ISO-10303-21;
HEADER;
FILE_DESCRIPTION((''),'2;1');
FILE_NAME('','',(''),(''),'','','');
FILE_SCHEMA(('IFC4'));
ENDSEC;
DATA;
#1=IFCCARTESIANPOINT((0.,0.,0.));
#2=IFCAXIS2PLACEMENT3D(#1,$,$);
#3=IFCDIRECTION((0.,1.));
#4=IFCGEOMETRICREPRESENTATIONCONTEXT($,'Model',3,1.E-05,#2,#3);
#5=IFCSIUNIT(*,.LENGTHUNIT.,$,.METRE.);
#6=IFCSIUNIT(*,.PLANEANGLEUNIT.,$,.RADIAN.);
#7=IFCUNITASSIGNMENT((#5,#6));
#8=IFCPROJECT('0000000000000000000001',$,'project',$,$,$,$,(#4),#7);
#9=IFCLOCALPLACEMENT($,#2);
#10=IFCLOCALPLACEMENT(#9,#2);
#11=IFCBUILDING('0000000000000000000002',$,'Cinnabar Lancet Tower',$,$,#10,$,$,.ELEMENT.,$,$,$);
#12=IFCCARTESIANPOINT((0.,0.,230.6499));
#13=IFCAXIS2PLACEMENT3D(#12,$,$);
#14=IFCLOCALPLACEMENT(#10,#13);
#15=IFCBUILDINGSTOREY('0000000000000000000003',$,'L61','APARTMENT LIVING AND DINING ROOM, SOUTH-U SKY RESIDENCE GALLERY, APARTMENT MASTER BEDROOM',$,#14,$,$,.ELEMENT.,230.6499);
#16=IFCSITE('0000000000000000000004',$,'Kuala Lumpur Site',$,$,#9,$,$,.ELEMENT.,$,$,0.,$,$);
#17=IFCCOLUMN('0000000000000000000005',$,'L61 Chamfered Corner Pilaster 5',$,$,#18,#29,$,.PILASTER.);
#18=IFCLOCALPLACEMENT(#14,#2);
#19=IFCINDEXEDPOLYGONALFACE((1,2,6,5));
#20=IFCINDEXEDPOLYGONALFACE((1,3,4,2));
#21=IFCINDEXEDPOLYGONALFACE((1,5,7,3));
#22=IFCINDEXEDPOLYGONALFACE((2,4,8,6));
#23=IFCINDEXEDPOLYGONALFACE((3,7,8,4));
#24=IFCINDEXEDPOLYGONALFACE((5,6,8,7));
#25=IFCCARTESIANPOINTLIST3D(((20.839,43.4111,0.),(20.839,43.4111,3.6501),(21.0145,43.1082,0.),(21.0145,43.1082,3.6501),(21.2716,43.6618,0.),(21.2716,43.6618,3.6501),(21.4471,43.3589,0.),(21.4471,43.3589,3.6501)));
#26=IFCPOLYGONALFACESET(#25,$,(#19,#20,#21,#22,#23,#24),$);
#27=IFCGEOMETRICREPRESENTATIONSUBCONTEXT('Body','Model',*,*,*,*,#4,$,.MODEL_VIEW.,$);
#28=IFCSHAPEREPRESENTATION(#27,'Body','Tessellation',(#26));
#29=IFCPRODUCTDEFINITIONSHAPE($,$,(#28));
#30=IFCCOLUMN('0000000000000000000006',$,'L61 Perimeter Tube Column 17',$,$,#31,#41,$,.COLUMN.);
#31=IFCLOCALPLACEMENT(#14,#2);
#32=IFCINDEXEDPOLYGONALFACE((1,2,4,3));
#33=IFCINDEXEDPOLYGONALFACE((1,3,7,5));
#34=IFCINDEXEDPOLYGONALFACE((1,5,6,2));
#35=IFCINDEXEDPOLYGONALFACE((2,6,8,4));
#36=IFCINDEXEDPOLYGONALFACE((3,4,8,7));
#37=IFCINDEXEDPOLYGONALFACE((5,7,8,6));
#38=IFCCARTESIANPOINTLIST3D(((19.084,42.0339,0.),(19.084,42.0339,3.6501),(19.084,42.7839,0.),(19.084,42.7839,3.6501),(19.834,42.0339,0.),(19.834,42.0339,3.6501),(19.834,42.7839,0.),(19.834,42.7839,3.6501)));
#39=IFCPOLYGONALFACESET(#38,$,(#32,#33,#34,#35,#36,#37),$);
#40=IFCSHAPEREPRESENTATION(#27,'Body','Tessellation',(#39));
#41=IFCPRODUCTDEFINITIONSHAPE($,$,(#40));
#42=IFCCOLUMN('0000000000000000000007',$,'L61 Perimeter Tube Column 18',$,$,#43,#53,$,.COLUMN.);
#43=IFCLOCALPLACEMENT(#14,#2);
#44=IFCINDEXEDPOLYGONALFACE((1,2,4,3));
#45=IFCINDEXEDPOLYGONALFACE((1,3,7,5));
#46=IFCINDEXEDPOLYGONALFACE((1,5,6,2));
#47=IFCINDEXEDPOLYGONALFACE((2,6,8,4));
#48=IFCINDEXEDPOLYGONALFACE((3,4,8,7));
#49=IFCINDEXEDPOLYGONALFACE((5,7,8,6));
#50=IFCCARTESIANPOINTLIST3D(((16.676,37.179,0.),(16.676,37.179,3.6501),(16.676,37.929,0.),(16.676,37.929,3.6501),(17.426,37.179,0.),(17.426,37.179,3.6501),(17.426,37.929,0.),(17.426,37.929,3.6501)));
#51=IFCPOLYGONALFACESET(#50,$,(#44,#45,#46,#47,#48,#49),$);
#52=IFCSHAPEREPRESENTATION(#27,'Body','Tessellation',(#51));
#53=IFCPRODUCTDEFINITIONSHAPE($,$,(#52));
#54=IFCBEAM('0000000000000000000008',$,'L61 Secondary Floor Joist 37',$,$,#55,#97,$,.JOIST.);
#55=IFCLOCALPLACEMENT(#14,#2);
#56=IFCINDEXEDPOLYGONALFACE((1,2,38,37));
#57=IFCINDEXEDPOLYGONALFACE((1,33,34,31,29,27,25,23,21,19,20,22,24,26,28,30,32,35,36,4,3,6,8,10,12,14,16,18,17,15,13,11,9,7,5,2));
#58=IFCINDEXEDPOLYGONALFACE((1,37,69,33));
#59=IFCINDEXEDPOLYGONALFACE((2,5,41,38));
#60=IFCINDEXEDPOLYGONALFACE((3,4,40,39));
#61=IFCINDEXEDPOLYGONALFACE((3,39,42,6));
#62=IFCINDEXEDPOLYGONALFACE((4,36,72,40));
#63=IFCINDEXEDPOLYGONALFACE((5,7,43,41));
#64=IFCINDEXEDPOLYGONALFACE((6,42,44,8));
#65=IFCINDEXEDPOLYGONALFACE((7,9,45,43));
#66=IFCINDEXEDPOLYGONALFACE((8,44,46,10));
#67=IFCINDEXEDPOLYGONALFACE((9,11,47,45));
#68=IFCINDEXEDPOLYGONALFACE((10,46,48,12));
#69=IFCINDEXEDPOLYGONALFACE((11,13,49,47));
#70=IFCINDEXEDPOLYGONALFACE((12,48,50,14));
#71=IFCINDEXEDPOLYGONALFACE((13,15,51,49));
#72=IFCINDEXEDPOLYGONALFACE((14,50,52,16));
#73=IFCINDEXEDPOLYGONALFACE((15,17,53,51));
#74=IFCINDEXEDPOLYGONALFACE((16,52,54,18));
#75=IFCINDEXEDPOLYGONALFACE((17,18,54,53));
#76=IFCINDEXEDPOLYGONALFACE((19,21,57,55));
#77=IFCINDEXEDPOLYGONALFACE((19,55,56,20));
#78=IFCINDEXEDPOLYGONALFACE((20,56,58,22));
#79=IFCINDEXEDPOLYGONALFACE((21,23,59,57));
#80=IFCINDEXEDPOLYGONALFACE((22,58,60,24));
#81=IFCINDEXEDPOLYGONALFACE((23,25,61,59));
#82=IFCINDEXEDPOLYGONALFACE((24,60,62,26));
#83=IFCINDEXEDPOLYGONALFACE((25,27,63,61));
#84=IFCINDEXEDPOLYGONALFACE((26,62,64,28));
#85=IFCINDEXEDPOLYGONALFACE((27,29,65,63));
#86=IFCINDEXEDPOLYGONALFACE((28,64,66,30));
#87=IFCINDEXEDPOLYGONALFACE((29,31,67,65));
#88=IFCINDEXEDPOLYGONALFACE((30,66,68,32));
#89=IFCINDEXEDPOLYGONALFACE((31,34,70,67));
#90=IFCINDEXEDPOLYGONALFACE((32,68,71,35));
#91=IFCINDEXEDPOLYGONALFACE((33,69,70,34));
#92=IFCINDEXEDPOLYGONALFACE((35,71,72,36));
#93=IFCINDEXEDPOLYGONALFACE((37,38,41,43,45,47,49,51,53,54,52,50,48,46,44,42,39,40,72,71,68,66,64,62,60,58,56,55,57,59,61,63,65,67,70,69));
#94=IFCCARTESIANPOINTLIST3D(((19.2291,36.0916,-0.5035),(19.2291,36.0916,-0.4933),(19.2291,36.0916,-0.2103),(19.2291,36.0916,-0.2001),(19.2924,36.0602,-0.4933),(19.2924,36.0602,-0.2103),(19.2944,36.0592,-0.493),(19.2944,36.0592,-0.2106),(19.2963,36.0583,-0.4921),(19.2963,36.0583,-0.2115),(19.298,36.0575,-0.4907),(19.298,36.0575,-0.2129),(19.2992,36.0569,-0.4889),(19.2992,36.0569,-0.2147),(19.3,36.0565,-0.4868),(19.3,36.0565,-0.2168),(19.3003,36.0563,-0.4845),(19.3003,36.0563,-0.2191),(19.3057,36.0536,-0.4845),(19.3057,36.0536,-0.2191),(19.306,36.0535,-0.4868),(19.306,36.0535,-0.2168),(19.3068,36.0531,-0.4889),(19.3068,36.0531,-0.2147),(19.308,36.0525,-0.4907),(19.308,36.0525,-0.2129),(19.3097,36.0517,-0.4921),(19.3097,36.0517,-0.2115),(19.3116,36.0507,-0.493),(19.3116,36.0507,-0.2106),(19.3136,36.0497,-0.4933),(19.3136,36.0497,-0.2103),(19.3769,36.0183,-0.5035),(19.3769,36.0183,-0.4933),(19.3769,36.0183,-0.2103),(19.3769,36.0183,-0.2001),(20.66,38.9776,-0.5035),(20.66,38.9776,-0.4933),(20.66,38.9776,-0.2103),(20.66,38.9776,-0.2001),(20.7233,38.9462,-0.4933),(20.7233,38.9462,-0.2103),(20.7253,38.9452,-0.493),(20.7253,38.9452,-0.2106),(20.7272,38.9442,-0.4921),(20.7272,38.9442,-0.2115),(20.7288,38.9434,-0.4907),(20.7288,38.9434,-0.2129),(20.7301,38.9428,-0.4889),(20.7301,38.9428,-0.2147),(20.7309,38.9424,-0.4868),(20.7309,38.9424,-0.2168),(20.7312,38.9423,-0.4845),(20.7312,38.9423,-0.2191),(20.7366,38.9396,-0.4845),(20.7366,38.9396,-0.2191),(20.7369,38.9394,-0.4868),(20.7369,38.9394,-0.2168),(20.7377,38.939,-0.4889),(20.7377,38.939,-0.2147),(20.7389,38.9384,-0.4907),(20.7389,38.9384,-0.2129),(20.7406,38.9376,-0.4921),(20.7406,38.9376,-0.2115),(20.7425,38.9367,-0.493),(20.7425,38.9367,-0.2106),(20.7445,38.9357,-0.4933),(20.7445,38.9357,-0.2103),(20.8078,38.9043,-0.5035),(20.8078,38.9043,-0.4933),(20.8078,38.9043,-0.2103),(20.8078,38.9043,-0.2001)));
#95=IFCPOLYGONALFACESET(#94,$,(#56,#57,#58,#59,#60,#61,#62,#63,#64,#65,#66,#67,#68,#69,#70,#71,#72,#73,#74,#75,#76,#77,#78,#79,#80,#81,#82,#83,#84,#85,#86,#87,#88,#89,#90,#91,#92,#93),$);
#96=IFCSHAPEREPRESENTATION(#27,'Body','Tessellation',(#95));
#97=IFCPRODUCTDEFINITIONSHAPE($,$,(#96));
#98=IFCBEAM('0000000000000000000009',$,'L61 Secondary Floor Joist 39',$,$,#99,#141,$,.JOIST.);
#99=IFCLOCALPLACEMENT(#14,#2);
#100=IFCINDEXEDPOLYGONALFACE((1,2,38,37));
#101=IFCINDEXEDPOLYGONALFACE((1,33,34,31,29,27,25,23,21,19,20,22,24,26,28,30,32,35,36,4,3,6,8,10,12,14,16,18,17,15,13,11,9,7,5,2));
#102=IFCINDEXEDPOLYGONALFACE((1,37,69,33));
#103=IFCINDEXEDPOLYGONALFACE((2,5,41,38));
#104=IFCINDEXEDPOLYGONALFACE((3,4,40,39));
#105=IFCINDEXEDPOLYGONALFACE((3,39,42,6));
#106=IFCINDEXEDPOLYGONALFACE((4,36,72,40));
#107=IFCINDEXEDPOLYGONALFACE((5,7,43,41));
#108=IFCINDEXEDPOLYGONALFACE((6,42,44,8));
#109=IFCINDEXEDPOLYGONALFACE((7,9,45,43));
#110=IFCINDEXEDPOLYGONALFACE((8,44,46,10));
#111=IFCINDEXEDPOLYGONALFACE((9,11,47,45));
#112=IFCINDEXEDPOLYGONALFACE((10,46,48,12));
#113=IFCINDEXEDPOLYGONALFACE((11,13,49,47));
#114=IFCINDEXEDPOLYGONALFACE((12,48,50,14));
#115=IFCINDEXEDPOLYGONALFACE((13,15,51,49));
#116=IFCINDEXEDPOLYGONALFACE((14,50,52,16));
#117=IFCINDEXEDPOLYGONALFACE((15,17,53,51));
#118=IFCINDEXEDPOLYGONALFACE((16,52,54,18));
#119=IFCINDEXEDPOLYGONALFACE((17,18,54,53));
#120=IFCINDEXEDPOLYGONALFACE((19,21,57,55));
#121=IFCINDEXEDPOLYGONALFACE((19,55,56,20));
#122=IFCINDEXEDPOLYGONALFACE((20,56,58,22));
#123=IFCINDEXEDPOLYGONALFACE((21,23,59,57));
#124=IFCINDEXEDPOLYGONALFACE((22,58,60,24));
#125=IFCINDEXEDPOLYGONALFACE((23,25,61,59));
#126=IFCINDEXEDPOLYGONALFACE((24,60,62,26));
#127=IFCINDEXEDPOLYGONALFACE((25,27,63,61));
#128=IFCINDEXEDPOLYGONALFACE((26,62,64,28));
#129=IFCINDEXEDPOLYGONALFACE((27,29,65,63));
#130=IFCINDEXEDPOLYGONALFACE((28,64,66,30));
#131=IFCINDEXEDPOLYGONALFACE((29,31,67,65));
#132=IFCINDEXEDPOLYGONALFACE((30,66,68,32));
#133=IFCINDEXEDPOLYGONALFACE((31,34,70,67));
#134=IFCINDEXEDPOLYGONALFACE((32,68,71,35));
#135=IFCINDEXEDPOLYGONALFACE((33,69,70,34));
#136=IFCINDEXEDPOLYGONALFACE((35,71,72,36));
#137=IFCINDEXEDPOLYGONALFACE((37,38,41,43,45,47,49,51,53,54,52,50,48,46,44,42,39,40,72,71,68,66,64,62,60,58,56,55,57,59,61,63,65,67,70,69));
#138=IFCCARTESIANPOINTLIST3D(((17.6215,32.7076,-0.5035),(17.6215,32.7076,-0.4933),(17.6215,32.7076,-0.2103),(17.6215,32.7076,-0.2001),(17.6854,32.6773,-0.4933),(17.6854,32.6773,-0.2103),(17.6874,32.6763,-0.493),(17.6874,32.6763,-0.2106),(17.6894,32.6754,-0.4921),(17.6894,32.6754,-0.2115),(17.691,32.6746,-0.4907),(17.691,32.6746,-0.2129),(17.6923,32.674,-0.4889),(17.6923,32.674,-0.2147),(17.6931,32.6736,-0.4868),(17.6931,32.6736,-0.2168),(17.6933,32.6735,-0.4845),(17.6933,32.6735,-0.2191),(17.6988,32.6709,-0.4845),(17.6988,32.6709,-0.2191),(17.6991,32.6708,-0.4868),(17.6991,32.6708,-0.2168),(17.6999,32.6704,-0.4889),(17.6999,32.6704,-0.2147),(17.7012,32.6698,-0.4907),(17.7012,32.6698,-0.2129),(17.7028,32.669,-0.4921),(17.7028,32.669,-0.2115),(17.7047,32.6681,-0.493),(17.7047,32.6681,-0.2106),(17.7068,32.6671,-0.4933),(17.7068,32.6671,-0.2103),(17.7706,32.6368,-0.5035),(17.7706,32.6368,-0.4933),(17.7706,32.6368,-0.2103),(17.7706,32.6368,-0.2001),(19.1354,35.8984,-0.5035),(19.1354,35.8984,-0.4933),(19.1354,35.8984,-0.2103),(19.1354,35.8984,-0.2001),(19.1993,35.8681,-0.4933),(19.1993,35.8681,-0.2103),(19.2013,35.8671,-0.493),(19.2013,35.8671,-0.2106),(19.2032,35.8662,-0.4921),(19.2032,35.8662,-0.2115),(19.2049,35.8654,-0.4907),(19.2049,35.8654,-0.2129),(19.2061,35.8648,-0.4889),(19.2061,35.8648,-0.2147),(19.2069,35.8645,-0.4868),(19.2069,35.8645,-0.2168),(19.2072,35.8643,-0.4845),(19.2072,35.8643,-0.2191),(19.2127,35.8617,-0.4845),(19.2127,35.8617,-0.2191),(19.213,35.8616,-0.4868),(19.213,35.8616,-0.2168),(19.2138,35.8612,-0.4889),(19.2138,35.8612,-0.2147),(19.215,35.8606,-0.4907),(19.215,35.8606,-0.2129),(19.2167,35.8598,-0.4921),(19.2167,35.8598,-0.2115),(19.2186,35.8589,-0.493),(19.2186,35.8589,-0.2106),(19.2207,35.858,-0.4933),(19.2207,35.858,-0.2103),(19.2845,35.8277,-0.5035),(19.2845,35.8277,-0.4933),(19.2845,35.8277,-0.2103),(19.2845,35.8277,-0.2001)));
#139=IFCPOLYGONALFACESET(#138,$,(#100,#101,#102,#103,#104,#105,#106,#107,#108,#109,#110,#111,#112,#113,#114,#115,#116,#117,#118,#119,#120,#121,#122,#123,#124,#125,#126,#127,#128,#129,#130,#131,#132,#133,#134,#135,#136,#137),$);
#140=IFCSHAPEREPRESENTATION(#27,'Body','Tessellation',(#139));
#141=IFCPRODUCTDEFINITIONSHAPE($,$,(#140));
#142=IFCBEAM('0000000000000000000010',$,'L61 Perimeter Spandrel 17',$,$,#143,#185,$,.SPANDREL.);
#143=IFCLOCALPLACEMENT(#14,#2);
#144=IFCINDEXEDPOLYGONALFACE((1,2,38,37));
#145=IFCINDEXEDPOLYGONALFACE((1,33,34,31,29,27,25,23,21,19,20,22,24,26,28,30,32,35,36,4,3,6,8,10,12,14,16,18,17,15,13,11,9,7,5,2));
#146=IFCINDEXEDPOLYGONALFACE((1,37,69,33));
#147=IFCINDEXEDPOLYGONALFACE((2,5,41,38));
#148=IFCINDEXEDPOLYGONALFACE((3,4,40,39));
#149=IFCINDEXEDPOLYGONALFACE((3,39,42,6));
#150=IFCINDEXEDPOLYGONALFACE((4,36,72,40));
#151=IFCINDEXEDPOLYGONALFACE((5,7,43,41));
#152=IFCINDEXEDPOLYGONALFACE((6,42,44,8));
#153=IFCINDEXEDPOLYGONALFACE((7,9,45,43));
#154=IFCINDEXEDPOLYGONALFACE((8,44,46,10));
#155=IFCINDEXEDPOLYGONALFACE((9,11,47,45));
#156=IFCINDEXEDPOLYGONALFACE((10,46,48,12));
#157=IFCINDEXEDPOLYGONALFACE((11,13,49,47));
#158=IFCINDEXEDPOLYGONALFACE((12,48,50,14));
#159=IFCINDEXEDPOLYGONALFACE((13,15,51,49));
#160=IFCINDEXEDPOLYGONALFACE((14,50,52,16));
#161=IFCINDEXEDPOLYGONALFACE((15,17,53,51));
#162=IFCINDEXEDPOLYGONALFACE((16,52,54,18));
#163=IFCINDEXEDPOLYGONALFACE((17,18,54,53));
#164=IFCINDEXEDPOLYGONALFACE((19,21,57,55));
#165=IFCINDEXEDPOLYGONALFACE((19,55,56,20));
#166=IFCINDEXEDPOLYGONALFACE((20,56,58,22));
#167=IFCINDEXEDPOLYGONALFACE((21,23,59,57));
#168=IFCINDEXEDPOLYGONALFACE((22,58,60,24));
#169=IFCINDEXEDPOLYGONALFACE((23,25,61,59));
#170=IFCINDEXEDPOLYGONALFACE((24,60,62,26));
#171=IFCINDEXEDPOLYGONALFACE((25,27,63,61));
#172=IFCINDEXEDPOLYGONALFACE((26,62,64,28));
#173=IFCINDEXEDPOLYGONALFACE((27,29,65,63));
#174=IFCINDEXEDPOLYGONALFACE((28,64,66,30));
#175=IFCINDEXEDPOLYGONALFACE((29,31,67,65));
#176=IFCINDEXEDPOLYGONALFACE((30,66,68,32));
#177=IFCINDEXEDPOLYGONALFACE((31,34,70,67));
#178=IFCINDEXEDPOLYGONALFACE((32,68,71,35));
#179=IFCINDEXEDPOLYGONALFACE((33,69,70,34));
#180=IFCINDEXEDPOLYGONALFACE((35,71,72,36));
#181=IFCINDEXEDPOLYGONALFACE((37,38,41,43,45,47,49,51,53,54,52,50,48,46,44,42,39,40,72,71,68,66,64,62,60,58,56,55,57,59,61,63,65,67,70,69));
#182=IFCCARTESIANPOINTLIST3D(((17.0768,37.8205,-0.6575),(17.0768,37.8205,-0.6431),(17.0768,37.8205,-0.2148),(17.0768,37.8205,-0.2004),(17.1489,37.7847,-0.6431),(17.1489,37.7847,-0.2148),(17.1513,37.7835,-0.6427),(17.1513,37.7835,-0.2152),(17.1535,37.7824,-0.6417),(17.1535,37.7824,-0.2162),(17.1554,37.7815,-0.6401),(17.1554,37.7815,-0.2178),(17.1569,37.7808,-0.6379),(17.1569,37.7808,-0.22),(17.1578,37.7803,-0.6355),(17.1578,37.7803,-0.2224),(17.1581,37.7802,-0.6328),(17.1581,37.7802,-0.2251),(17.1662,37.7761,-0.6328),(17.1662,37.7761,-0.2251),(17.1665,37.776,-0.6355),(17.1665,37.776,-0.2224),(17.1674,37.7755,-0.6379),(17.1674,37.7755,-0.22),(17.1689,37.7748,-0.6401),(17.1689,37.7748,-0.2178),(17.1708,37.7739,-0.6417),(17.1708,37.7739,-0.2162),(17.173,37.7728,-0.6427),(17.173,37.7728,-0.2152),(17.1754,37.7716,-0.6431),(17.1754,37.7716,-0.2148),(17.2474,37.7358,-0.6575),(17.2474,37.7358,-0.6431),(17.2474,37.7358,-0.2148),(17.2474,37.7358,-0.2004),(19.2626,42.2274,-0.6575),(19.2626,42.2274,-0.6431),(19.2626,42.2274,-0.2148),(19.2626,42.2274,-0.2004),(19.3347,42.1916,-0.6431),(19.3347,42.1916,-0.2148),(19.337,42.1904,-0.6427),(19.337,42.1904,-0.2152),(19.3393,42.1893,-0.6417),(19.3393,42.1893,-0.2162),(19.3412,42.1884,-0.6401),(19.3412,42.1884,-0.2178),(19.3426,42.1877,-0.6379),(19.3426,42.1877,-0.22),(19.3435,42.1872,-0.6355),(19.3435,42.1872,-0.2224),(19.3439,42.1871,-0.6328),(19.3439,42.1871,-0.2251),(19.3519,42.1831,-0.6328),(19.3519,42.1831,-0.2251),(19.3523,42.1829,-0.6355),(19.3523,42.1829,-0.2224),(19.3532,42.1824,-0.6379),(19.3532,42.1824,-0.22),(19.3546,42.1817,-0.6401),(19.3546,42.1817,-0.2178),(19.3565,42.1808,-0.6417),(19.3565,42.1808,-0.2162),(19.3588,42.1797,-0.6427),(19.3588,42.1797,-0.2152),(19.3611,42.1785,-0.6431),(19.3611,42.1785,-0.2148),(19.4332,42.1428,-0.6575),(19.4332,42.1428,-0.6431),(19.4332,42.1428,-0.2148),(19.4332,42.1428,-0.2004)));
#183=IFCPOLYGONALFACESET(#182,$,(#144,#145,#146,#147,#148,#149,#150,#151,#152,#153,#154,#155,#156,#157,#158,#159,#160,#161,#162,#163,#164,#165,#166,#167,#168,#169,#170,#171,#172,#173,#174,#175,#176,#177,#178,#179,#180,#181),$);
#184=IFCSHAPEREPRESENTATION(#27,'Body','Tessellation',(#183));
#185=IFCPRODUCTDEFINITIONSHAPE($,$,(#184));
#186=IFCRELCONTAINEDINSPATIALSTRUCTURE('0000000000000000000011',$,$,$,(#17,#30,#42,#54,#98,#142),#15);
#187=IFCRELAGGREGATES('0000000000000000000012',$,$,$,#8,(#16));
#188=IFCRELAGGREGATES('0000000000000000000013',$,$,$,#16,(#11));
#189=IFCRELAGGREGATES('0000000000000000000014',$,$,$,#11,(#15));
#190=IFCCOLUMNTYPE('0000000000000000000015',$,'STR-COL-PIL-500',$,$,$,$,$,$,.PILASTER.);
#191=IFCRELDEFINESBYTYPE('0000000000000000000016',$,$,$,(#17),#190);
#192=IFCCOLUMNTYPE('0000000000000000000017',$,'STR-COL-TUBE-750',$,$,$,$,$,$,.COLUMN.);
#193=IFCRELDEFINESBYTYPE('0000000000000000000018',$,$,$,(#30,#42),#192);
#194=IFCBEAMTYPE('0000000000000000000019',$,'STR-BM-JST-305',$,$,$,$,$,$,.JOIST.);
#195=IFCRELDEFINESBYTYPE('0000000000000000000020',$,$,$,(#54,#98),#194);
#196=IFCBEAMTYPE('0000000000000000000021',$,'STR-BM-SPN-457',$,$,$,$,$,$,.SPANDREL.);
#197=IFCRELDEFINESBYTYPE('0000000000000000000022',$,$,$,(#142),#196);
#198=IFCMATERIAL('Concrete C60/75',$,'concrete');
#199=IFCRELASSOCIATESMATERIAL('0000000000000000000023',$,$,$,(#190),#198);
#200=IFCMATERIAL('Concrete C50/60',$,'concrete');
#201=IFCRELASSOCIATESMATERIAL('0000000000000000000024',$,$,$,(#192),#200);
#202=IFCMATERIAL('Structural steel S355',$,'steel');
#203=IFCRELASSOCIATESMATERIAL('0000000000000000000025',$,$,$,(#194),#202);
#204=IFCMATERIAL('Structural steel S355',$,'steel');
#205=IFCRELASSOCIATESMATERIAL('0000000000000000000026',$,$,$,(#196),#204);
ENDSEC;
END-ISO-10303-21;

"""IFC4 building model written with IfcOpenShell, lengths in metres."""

from ifc_helpers import new_model, si_unit, direction, frame, origin, origin_2d, place, context, subcontext, project, spatial, rectangle, i_section, extrude, material, material_profile, profile_set, type_object, element, save


model = new_model("IFC4")

# Units and contexts
model_context = context("Model", 3, precision=1e-05, world=origin(), true_north=direction((0.0, 1.0)))
body_context = subcontext(model_context, "Body", "Model", "MODEL_VIEW")
ifc_project = project(units=[si_unit("LENGTHUNIT", "METRE"), si_unit("PLANEANGLEUNIT", "RADIAN")], contexts=[model_context])

# Site, building, storey
site_placement = place(None, origin())
site = spatial("IfcSite", under=ifc_project, at=site_placement, Name="Kuala Lumpur Site", CompositionType="ELEMENT", RefElevation=0.0)
building_placement = place(site_placement, origin())
building = spatial("IfcBuilding", under=site, at=building_placement, Name="Cinnabar Lancet Tower", CompositionType="ELEMENT")
storey_placement = place(building_placement, frame((0.0, 0.0, 230.6499)))
storey = spatial("IfcBuildingStorey", under=building, at=storey_placement, Name="L61", Description="APARTMENT LIVING AND DINING ROOM, SOUTH-U SKY RESIDENCE GALLERY, APARTMENT MASTER BEDROOM", CompositionType="ELEMENT", Elevation=230.6499)

# Columns
ifc_material_1 = material(Name="Concrete C60/75", Category="concrete")
ifc_material_profile_1 = material_profile(ifc_material_1, rectangle(XDim=0.5, YDim=0.3501, at=origin_2d()), Name="RC-PIL 500x350")
ifc_profile_set_1 = profile_set([ifc_material_profile_1], Name="Concrete C60/75")
column_type_1 = type_object("IfcColumnType", Name="STR-COL-PIL-500", PredefinedType="PILASTER", material=ifc_profile_set_1)
column_placement = place(storey_placement, frame((21.1431, 43.385, 0.0), z_axis=(0.0, 0.0, 1.0), x_axis=(-0.865256, -0.50133, 0.0)))
element("IfcColumn", 1, at=column_placement, inside=storey, type_object=column_type_1, Name="L61 Chamfered Corner Pilaster 5", PredefinedType="PILASTER", context=body_context, shape_type="SweptSolid", body=[
    extrude(rectangle(XDim=0.5, YDim=0.3501, at=origin_2d()), origin(), (0.0, 0.0, 1.0), 3.6501),
])
ifc_material_2 = material(Name="Concrete C50/60", Category="concrete")
ifc_material_profile_2 = material_profile(ifc_material_2, rectangle(XDim=0.75, YDim=0.75, at=origin_2d()), Name="RC-COL 750x750")
ifc_profile_set_2 = profile_set([ifc_material_profile_2], Name="Concrete C50/60")
column_type_2 = type_object("IfcColumnType", Name="STR-COL-TUBE-750", PredefinedType="COLUMN", material=ifc_profile_set_2)
for number, where, z_axis, x_axis, name in (
    (2, (19.459, 42.4089, 0.0), (0.0, 0.0, 1.0), (1.0, 0.0, 0.0), "L61 Perimeter Tube Column 17"),
    (3, (17.051, 37.554, 0.0), (0.0, 0.0, 1.0), (1.0, 0.0, 0.0), "L61 Perimeter Tube Column 18"),
):
    element("IfcColumn", number, at=place(storey_placement, frame(where, z_axis=z_axis, x_axis=x_axis)), inside=storey, type_object=column_type_2, Name=name, PredefinedType="COLUMN", context=body_context, shape_type="SweptSolid", body=[
        extrude(rectangle(XDim=0.75, YDim=0.75, at=origin_2d()), origin(), (0.0, 0.0, 1.0), 3.6501),
    ])

# Beams
ifc_material_3 = material(Name="Structural steel S355", Category="steel")
ifc_material_profile_3 = material_profile(ifc_material_3, i_section(OverallWidth=0.165, OverallDepth=0.3035, WebThickness=0.0061, FlangeThickness=0.0103, FilletRadius=0.0088, at=origin_2d()), Name="UKB 305x165x40")
ifc_profile_set_3 = profile_set([ifc_material_profile_3], Name="Structural steel S355")
beam_type_1 = type_object("IfcBeamType", Name="STR-BM-JST-305", PredefinedType="JOIST", material=ifc_profile_set_3)
beam_1_placement = place(storey_placement, frame((20.7339, 38.9409, -0.3518), z_axis=(-0.44421, -0.895923, 0.0), x_axis=(0.895923, -0.44421, 0.0)))
element("IfcBeam", 4, at=beam_1_placement, inside=storey, type_object=beam_type_1, Name="L61 Secondary Floor Joist 37", PredefinedType="JOIST", context=body_context, shape_type="SweptSolid", body=[
    extrude(i_section(OverallWidth=0.165, OverallDepth=0.3035, WebThickness=0.0061, FlangeThickness=0.0103, FilletRadius=0.0088, at=origin_2d()), origin(), (0.0, 0.0, 1.0), 3.2212),
])
beam_2_placement = place(storey_placement, frame((19.21, 35.863, -0.3518), z_axis=(-0.428648, -0.903472, 0.0), x_axis=(0.903472, -0.428648, 0.0)))
element("IfcBeam", 5, at=beam_2_placement, inside=storey, type_object=beam_type_1, Name="L61 Secondary Floor Joist 39", PredefinedType="JOIST", context=body_context, shape_type="SweptSolid", body=[
    extrude(i_section(OverallWidth=0.165, OverallDepth=0.3035, WebThickness=0.0061, FlangeThickness=0.0103, FilletRadius=0.0088, at=origin_2d()), origin(), (0.0, 0.0, 1.0), 3.5317),
])
ifc_material_4 = material(Name="Structural steel S355", Category="steel")
ifc_material_profile_4 = material_profile(ifc_material_4, i_section(OverallWidth=0.1904, OverallDepth=0.457, WebThickness=0.009, FlangeThickness=0.0144, FilletRadius=0.0103, at=origin_2d()), Name="UKB 457x191x74")
ifc_profile_set_4 = profile_set([ifc_material_profile_4], Name="Structural steel S355")
beam_type_2 = type_object("IfcBeamType", Name="STR-BM-SPN-457", PredefinedType="SPANDREL", material=ifc_profile_set_4)
beam_3_placement = place(storey_placement, frame((19.3479, 42.1851, -0.429), z_axis=(-0.444333, -0.895862, 0.0), x_axis=(0.895862, -0.444333, 0.0)))
element("IfcBeam", 6, at=beam_3_placement, inside=storey, type_object=beam_type_2, Name="L61 Perimeter Spandrel 17", PredefinedType="SPANDREL", context=body_context, shape_type="SweptSolid", body=[
    extrude(i_section(OverallWidth=0.1904, OverallDepth=0.457, WebThickness=0.009, FlangeThickness=0.0144, FilletRadius=0.0103, at=origin_2d()), origin(), (0.0, 0.0, 1.0), 4.9192),
])

save(model, "model.ifc")
